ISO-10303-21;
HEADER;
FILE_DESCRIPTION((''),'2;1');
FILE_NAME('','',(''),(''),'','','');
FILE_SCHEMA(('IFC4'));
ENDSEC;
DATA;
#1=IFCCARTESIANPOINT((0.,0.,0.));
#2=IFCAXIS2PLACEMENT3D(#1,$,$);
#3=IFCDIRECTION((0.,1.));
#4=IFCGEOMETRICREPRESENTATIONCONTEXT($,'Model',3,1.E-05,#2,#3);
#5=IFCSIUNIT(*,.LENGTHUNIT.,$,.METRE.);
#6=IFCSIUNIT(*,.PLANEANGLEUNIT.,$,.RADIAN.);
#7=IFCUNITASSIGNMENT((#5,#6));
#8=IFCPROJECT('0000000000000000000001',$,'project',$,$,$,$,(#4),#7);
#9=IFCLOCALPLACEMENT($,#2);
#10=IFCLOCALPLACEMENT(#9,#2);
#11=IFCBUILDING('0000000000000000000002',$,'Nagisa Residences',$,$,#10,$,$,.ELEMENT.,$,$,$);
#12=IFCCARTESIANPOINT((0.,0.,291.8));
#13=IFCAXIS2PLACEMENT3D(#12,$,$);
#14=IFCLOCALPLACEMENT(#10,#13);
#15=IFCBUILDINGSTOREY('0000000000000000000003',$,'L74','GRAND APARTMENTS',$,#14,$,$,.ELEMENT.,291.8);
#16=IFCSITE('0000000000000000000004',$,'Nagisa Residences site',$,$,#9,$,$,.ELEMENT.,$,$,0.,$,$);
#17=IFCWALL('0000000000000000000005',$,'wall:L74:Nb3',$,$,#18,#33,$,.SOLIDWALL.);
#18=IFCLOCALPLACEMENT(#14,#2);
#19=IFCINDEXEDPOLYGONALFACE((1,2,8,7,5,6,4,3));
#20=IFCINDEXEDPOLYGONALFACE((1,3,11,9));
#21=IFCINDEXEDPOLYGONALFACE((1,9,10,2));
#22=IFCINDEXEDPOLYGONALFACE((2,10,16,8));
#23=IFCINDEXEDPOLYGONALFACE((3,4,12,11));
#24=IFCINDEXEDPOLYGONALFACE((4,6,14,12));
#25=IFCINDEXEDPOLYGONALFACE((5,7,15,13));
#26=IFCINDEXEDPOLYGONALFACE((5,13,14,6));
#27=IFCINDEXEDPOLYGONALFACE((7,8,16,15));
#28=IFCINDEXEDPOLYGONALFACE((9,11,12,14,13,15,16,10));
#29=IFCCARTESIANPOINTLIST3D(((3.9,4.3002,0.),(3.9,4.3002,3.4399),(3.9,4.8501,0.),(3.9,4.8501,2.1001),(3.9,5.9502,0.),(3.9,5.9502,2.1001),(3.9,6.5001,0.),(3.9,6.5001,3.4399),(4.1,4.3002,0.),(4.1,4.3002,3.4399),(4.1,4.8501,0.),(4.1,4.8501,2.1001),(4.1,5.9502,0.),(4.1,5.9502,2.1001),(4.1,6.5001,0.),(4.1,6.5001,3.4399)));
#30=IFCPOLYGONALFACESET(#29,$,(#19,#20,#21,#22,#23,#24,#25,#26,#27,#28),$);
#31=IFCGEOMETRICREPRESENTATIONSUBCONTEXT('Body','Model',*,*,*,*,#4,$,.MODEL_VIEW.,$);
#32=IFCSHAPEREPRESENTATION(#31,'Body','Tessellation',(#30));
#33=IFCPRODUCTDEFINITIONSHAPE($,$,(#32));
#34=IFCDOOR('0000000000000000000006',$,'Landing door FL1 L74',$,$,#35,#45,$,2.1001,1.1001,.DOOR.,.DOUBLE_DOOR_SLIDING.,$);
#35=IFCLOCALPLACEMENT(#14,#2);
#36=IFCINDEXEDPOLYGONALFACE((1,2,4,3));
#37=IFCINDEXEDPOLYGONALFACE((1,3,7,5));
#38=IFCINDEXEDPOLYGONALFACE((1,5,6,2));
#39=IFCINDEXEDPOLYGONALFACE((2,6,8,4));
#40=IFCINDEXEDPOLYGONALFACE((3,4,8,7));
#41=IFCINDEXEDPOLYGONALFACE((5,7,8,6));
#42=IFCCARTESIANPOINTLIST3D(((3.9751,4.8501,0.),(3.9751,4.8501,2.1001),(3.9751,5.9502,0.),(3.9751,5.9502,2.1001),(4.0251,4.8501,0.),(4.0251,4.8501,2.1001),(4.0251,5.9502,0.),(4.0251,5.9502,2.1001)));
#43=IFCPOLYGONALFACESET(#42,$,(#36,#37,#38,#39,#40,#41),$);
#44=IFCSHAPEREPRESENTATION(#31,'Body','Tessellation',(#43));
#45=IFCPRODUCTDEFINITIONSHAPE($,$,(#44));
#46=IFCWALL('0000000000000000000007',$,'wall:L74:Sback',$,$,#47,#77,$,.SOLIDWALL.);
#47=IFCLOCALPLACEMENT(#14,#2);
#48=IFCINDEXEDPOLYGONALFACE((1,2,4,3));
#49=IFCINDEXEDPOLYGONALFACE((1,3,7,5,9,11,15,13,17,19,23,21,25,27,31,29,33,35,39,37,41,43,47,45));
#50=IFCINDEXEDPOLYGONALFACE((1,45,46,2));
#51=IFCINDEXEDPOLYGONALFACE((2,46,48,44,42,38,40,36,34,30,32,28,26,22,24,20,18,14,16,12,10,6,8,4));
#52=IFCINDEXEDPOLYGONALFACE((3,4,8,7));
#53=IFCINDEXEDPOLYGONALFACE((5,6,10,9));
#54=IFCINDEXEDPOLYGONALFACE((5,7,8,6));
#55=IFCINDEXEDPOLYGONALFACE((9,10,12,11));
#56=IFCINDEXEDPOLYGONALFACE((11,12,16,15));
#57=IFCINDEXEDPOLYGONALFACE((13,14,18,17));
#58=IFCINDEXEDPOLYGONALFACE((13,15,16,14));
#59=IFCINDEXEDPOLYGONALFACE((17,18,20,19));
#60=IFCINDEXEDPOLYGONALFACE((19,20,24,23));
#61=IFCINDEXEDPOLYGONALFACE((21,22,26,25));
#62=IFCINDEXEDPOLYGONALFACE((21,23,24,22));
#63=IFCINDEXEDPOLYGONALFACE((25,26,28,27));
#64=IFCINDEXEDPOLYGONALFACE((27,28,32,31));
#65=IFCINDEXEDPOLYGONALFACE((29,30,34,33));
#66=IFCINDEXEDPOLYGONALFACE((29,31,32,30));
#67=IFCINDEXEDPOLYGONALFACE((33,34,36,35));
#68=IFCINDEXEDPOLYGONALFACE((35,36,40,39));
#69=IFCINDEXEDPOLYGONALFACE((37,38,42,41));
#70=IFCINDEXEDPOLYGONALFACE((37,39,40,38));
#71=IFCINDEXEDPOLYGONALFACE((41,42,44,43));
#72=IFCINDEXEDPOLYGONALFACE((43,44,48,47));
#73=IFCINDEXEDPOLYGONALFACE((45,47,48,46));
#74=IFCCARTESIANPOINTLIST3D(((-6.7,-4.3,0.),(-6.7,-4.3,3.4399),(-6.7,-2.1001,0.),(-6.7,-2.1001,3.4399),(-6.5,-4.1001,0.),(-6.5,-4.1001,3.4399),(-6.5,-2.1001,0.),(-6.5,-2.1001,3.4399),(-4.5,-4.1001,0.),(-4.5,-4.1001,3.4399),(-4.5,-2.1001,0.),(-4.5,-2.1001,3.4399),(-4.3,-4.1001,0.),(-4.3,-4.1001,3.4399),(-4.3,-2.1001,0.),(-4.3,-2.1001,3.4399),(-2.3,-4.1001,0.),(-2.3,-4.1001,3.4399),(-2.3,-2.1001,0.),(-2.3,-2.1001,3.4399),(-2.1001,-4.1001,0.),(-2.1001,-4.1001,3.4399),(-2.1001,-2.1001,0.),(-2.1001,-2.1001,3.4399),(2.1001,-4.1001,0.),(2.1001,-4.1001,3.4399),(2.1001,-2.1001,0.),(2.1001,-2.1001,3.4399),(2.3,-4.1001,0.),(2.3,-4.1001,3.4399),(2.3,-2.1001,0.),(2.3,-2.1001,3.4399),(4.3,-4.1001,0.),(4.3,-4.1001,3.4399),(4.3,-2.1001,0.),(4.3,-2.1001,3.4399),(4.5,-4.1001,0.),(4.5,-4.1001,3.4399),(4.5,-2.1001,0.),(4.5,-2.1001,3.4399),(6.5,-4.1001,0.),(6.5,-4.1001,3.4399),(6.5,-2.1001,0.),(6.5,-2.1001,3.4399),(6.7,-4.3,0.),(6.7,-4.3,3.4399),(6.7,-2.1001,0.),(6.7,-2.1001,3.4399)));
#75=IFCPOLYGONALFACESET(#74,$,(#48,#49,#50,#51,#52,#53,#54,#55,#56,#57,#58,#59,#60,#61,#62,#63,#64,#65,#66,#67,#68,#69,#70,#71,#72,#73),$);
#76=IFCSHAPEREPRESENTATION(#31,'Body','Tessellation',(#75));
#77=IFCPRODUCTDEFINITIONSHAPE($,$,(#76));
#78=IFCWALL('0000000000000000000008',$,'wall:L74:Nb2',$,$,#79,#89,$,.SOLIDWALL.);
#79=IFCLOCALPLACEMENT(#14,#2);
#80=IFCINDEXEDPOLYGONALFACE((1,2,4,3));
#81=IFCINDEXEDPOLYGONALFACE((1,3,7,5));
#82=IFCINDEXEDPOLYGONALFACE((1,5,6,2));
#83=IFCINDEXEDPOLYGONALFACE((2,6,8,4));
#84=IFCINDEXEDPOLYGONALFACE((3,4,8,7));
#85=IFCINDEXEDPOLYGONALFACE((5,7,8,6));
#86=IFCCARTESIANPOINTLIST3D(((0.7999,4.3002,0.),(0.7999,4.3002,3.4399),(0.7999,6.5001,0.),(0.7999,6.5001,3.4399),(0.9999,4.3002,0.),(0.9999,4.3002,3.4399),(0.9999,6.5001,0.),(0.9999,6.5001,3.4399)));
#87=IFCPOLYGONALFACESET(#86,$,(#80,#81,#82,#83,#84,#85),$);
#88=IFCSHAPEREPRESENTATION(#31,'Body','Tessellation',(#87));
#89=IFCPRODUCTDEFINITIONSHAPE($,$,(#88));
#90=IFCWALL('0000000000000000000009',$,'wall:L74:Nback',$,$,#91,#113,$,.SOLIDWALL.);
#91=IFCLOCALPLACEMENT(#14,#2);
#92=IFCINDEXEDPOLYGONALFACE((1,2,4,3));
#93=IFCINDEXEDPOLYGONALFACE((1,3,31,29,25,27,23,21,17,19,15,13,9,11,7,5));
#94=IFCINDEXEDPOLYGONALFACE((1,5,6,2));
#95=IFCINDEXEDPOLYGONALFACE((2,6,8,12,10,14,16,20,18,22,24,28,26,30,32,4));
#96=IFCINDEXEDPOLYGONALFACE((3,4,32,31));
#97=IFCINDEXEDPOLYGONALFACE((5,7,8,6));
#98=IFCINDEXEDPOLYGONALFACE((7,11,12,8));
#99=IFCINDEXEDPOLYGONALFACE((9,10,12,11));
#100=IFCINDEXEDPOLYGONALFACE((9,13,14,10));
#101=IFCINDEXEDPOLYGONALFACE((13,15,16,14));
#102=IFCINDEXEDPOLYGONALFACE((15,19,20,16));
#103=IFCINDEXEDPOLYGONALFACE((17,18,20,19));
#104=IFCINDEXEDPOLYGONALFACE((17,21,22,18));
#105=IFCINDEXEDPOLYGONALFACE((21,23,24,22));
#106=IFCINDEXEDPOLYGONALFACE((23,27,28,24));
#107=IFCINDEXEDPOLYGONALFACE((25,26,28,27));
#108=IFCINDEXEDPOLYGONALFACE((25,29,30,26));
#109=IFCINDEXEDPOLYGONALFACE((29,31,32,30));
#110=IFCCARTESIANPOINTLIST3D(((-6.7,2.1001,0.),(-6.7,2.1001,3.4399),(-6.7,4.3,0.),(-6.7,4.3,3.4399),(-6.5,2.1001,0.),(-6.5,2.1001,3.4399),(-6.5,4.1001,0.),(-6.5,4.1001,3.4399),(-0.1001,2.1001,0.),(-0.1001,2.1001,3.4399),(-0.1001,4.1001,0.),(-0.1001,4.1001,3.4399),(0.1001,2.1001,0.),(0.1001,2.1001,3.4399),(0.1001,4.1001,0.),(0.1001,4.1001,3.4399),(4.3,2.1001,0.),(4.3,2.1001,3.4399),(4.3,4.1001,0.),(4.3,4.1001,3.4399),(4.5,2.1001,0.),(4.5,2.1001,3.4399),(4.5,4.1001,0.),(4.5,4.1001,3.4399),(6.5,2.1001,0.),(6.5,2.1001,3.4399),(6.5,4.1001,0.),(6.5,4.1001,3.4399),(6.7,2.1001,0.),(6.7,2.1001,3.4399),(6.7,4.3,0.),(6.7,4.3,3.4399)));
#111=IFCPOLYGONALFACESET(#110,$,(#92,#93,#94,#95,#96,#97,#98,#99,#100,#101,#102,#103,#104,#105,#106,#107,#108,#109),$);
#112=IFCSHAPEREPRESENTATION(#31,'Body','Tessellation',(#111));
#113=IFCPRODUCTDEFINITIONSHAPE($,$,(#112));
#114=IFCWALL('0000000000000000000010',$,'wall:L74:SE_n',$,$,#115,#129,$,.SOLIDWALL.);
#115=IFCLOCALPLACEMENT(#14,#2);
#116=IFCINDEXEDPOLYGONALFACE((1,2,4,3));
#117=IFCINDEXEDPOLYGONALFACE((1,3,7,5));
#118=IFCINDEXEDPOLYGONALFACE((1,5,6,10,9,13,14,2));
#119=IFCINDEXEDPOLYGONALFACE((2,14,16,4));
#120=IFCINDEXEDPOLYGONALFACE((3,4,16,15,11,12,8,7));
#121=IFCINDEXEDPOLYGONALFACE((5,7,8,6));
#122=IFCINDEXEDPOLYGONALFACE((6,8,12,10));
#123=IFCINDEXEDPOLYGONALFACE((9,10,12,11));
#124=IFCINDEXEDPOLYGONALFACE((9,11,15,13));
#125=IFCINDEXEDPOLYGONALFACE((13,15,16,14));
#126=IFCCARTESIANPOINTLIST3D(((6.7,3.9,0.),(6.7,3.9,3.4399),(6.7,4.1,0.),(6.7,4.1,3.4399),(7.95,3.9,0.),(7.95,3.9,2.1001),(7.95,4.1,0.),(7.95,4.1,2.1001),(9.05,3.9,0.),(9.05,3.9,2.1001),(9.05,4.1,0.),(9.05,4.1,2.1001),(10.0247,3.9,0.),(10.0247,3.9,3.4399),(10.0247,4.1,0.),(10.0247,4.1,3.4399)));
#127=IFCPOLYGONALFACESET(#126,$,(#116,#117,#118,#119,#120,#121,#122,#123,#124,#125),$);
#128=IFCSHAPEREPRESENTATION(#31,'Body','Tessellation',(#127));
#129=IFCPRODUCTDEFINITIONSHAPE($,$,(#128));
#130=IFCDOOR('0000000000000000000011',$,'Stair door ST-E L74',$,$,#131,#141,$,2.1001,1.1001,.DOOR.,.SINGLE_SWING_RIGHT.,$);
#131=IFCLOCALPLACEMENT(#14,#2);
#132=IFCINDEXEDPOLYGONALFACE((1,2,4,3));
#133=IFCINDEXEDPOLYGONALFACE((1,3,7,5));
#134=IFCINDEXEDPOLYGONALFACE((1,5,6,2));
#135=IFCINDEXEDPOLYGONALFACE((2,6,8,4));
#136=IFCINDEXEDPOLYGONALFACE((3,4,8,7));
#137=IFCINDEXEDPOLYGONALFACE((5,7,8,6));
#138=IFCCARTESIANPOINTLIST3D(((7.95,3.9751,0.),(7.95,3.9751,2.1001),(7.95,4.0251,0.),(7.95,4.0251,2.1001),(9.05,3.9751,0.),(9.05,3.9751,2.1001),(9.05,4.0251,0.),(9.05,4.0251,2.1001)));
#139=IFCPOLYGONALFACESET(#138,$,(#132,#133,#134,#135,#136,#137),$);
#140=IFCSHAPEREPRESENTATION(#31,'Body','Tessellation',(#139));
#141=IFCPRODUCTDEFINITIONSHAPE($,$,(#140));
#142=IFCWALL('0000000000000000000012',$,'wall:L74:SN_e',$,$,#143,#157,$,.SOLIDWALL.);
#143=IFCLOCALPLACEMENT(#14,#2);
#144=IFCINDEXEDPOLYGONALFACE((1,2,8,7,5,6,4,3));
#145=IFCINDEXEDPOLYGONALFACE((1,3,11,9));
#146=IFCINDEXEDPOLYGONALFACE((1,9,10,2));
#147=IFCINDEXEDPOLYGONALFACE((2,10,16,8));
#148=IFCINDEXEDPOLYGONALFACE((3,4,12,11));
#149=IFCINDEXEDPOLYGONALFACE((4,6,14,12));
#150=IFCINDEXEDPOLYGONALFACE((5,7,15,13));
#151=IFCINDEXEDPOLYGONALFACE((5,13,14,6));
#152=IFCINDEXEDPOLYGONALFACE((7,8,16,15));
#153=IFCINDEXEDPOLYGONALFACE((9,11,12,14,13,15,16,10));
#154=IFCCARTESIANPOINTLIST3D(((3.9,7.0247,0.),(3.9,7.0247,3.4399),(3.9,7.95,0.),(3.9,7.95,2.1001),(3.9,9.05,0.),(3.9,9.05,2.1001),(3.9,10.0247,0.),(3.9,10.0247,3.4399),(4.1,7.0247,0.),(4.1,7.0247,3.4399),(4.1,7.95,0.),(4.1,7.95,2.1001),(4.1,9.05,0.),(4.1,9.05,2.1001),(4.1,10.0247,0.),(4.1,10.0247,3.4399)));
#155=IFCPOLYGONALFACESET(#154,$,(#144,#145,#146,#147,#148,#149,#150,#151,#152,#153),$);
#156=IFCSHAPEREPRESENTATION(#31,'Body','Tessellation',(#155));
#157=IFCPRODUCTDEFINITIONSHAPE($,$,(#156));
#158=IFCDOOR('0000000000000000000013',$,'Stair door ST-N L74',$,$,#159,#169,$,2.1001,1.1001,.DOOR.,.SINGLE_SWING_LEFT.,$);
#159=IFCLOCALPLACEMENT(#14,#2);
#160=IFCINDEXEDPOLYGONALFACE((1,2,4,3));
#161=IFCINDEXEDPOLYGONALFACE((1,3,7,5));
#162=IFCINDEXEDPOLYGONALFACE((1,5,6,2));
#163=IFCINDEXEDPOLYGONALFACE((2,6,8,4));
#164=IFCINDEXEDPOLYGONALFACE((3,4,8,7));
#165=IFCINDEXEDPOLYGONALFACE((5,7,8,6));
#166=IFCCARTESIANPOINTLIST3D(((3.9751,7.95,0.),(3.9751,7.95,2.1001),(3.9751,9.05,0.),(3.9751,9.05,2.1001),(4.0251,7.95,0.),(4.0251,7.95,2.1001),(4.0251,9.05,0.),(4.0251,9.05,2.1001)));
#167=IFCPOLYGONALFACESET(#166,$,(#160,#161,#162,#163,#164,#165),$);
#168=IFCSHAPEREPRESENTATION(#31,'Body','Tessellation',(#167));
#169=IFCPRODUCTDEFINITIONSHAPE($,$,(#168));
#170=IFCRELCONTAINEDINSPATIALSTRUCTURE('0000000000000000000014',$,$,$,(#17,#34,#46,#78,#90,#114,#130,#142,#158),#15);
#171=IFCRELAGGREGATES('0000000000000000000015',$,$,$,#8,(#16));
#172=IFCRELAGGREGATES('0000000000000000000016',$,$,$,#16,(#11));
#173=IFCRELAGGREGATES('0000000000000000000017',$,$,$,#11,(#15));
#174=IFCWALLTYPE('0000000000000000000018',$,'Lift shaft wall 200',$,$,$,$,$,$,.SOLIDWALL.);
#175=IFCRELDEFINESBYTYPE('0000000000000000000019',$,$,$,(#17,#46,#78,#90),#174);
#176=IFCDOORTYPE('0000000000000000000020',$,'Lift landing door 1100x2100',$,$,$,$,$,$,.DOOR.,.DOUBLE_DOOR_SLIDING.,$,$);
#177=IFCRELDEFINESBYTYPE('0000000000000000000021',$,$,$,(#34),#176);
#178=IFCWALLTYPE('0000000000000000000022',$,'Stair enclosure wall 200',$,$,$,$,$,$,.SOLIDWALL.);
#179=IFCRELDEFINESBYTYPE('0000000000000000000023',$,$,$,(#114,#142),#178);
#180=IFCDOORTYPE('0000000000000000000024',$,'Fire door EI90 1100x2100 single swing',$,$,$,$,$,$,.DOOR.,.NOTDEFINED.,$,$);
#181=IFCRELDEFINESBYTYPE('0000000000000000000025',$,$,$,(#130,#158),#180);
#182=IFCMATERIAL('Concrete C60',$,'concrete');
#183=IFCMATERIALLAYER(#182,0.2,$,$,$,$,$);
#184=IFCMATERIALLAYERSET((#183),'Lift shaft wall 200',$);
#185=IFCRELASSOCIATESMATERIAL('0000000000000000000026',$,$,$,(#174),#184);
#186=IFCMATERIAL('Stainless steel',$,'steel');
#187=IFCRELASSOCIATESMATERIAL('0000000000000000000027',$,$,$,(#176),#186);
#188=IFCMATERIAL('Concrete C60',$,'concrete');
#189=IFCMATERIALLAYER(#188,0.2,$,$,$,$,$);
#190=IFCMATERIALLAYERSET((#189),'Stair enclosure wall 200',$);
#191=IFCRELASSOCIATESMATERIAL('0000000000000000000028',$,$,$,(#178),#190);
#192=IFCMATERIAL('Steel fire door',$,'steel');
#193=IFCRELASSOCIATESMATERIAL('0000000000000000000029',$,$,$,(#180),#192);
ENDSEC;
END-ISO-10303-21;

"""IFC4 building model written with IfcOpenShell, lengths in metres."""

from ifc_helpers import new_model, si_unit, direction, frame, frame_2d, origin, place, context, subcontext, project, spatial, polyline, rectangle, outline, extrude, material, layer, layer_set, type_object, element, fill, save


model = new_model("IFC4")

# Units and contexts
model_context = context("Model", 3, precision=1e-05, world=origin(), true_north=direction((0.0, 1.0)))
body_context = subcontext(model_context, "Body", "Model", "MODEL_VIEW")
ifc_project = project(units=[si_unit("LENGTHUNIT", "METRE"), si_unit("PLANEANGLEUNIT", "RADIAN")], contexts=[model_context])

# Site, building, storey
site_placement = place(None, origin())
site = spatial("IfcSite", under=ifc_project, at=site_placement, Name="Nagisa Residences site", CompositionType="ELEMENT", RefElevation=0.0)
building_placement = place(site_placement, origin())
building = spatial("IfcBuilding", under=site, at=building_placement, Name="Nagisa Residences", CompositionType="ELEMENT")
storey_placement = place(building_placement, frame((0.0, 0.0, 291.8)))
storey = spatial("IfcBuildingStorey", under=building, at=storey_placement, Name="L74", Description="GRAND APARTMENTS", CompositionType="ELEMENT", Elevation=291.8)

# Wall, opening, door
ifc_material_1 = material(Name="Concrete C60", Category="concrete")
ifc_layer_1 = layer(ifc_material_1, 0.2)
ifc_layer_set_1 = layer_set([ifc_layer_1], Name="Lift shaft wall 200")
wall_type_1 = type_object("IfcWallType", Name="Lift shaft wall 200", PredefinedType="SOLIDWALL", material=ifc_layer_set_1)
wall_1_placement = place(storey_placement, frame((4.0, 4.3, 0.0), z_axis=(0.0, 0.0, 1.0), x_axis=(0.0, 1.0, 0.0)))
wall_1 = element("IfcWall", 1, at=wall_1_placement, inside=storey, type_object=wall_type_1, Name="wall:L74:Nb3", PredefinedType="SOLIDWALL", context=body_context, shape_type="SweptSolid", body=[
    extrude(rectangle(XDim=2.2, YDim=0.2, at=frame_2d((1.1001, 0.0))), origin(), (0.0, 0.0, 1.0), 3.4399),
])
opening_1_placement = place(wall_1_placement, frame((0.55, 0.0, 0.0)))
opening_1 = element("IfcOpeningElement", 2, at=opening_1_placement, cuts=wall_1, PredefinedType="OPENING", context=body_context, shape_type="SweptSolid", body=[
    extrude(rectangle(XDim=1.1001, YDim=2.1001, at=frame_2d((0.55, 1.05))), frame((0.0, 0.1099, 0.0), z_axis=(0.0, -1.0, 0.0), x_axis=(1.0, 0.0, 0.0)), (0.0, 0.0, 1.0), 0.22),
])
ifc_material_2 = material(Name="Stainless steel", Category="steel")
door_type_1 = type_object("IfcDoorType", Name="Lift landing door 1100x2100", OperationType="DOUBLE_DOOR_SLIDING", PredefinedType="DOOR", material=ifc_material_2)
door_1_placement = place(opening_1_placement, origin())
door_1 = element("IfcDoor", 3, at=door_1_placement, inside=storey, type_object=door_type_1, Name="Landing door FL1 L74", OperationType="DOUBLE_DOOR_SLIDING", OverallHeight=2.1001, OverallWidth=1.1001, PredefinedType="DOOR", context=body_context, shape_type="SweptSolid", body=[
    extrude(rectangle(XDim=1.1001, YDim=2.1001, at=frame_2d((0.55, 1.05))), frame((0.0, 0.0249, 0.0), z_axis=(0.0, -1.0, 0.0), x_axis=(1.0, 0.0, 0.0)), (0.0, 0.0, 1.0), 0.05),
])
fill(opening_1, door_1)

# Walls
wall_2_placement = place(storey_placement, origin())
element("IfcWall", 4, at=wall_2_placement, inside=storey, type_object=wall_type_1, Name="wall:L74:Sback", PredefinedType="SOLIDWALL", context=body_context, shape_type="SweptSolid", body=[
    extrude(outline(polyline([(-6.7, -2.1001), (-6.5, -2.1001), (-6.5, -4.1001), (-4.5, -4.1001), (-4.5, -2.1001), (-4.3, -2.1001), (-4.3, -4.1001), (-2.3, -4.1001), (-2.3, -2.1001), (-2.1001, -2.1001), (-2.1001, -4.1001), (2.1001, -4.1001), (2.1001, -2.1001), (2.3, -2.1001), (2.3, -4.1001), (4.3, -4.1001), (4.3, -2.1001), (4.5, -2.1001), (4.5, -4.1001), (6.5, -4.1001), (6.5, -2.1001), (6.7, -2.1001), (6.7, -4.3), (-6.7, -4.3), (-6.7, -2.1001)])), origin(), (0.0, 0.0, 1.0), 3.4399),
])
wall_3_placement = place(storey_placement, frame((0.8999, 4.3, 0.0), z_axis=(0.0, 0.0, 1.0), x_axis=(0.0, 1.0, 0.0)))
element("IfcWall", 5, at=wall_3_placement, inside=storey, type_object=wall_type_1, Name="wall:L74:Nb2", PredefinedType="SOLIDWALL", context=body_context, shape_type="SweptSolid", body=[
    extrude(rectangle(XDim=2.2, YDim=0.2, at=frame_2d((1.1001, 0.0))), origin(), (0.0, 0.0, 1.0), 3.4399),
])
wall_4_placement = place(storey_placement, origin())
element("IfcWall", 6, at=wall_4_placement, inside=storey, type_object=wall_type_1, Name="wall:L74:Nback", PredefinedType="SOLIDWALL", context=body_context, shape_type="SweptSolid", body=[
    extrude(outline(polyline([(-6.7, 4.3), (6.7, 4.3), (6.7, 2.1001), (6.5, 2.1001), (6.5, 4.1001), (4.5, 4.1001), (4.5, 2.1001), (4.3, 2.1001), (4.3, 4.1001), (0.1001, 4.1001), (0.1001, 2.1001), (-0.1001, 2.1001), (-0.1001, 4.1001), (-6.5, 4.1001), (-6.5, 2.1001), (-6.7, 2.1001), (-6.7, 4.3)])), origin(), (0.0, 0.0, 1.0), 3.4399),
])

# Walls, openings, doors
ifc_material_3 = material(Name="Concrete C60", Category="concrete")
ifc_layer_2 = layer(ifc_material_3, 0.2)
ifc_layer_set_2 = layer_set([ifc_layer_2], Name="Stair enclosure wall 200")
wall_type_2 = type_object("IfcWallType", Name="Stair enclosure wall 200", PredefinedType="SOLIDWALL", material=ifc_layer_set_2)
wall_5_placement = place(storey_placement, frame((6.7, 4.0, 0.0), z_axis=(0.0, 0.0, 1.0), x_axis=(1.0, 0.0, 0.0)))
wall_5 = element("IfcWall", 7, at=wall_5_placement, inside=storey, type_object=wall_type_2, Name="wall:L74:SE_n", PredefinedType="SOLIDWALL", context=body_context, shape_type="SweptSolid", body=[
    extrude(rectangle(XDim=3.3247, YDim=0.2, at=frame_2d((1.6624, 0.0))), origin(), (0.0, 0.0, 1.0), 3.4399),
])
opening_2_placement = place(wall_5_placement, frame((1.25, 0.0, 0.0)))
opening_2 = element("IfcOpeningElement", 8, at=opening_2_placement, cuts=wall_5, PredefinedType="OPENING", context=body_context, shape_type="SweptSolid", body=[
    extrude(rectangle(XDim=1.1001, YDim=2.1001, at=frame_2d((0.55, 1.05))), frame((0.0, 0.1099, 0.0), z_axis=(0.0, -1.0, 0.0), x_axis=(1.0, 0.0, 0.0)), (0.0, 0.0, 1.0), 0.22),
])
ifc_material_4 = material(Name="Steel fire door", Category="steel")
door_type_2 = type_object("IfcDoorType", Name="Fire door EI90 1100x2100 single swing", OperationType="NOTDEFINED", PredefinedType="DOOR", material=ifc_material_4)
door_2_placement = place(opening_2_placement, frame((1.1001, 0.0, 0.0), x_axis=(-1.0, 0.0, 0.0)))
door_2 = element("IfcDoor", 9, at=door_2_placement, inside=storey, type_object=door_type_2, Name="Stair door ST-E L74", OperationType="SINGLE_SWING_RIGHT", OverallHeight=2.1001, OverallWidth=1.1001, PredefinedType="DOOR", context=body_context, shape_type="SweptSolid", body=[
    extrude(rectangle(XDim=1.1001, YDim=2.1001, at=frame_2d((0.55, 1.05))), frame((0.0, 0.0249, 0.0), z_axis=(0.0, -1.0, 0.0), x_axis=(1.0, 0.0, 0.0)), (0.0, 0.0, 1.0), 0.05),
])
fill(opening_2, door_2)
wall_6_placement = place(storey_placement, frame((4.0, 7.0247, 0.0), z_axis=(0.0, 0.0, 1.0), x_axis=(0.0, 1.0, 0.0)))
wall_6 = element("IfcWall", 10, at=wall_6_placement, inside=storey, type_object=wall_type_2, Name="wall:L74:SN_e", PredefinedType="SOLIDWALL", context=body_context, shape_type="SweptSolid", body=[
    extrude(rectangle(XDim=3.0, YDim=0.2, at=frame_2d((1.5, 0.0))), origin(), (0.0, 0.0, 1.0), 3.4399),
])
opening_3_placement = place(wall_6_placement, frame((0.9253, 0.0, 0.0)))
opening_3 = element("IfcOpeningElement", 11, at=opening_3_placement, cuts=wall_6, PredefinedType="OPENING", context=body_context, shape_type="SweptSolid", body=[
    extrude(rectangle(XDim=1.1001, YDim=2.1001, at=frame_2d((0.55, 1.05))), frame((0.0, 0.1099, 0.0), z_axis=(0.0, -1.0, 0.0), x_axis=(1.0, 0.0, 0.0)), (0.0, 0.0, 1.0), 0.22),
])
door_3_placement = place(opening_3_placement, origin())
door_3 = element("IfcDoor", 12, at=door_3_placement, inside=storey, type_object=door_type_2, Name="Stair door ST-N L74", OperationType="SINGLE_SWING_LEFT", OverallHeight=2.1001, OverallWidth=1.1001, PredefinedType="DOOR", context=body_context, shape_type="SweptSolid", body=[
    extrude(rectangle(XDim=1.1001, YDim=2.1001, at=frame_2d((0.55, 1.05))), frame((0.0, 0.0249, 0.0), z_axis=(0.0, -1.0, 0.0), x_axis=(1.0, 0.0, 0.0)), (0.0, 0.0, 1.0), 0.05),
])
fill(opening_3, door_3)

save(model, "model.ifc")
